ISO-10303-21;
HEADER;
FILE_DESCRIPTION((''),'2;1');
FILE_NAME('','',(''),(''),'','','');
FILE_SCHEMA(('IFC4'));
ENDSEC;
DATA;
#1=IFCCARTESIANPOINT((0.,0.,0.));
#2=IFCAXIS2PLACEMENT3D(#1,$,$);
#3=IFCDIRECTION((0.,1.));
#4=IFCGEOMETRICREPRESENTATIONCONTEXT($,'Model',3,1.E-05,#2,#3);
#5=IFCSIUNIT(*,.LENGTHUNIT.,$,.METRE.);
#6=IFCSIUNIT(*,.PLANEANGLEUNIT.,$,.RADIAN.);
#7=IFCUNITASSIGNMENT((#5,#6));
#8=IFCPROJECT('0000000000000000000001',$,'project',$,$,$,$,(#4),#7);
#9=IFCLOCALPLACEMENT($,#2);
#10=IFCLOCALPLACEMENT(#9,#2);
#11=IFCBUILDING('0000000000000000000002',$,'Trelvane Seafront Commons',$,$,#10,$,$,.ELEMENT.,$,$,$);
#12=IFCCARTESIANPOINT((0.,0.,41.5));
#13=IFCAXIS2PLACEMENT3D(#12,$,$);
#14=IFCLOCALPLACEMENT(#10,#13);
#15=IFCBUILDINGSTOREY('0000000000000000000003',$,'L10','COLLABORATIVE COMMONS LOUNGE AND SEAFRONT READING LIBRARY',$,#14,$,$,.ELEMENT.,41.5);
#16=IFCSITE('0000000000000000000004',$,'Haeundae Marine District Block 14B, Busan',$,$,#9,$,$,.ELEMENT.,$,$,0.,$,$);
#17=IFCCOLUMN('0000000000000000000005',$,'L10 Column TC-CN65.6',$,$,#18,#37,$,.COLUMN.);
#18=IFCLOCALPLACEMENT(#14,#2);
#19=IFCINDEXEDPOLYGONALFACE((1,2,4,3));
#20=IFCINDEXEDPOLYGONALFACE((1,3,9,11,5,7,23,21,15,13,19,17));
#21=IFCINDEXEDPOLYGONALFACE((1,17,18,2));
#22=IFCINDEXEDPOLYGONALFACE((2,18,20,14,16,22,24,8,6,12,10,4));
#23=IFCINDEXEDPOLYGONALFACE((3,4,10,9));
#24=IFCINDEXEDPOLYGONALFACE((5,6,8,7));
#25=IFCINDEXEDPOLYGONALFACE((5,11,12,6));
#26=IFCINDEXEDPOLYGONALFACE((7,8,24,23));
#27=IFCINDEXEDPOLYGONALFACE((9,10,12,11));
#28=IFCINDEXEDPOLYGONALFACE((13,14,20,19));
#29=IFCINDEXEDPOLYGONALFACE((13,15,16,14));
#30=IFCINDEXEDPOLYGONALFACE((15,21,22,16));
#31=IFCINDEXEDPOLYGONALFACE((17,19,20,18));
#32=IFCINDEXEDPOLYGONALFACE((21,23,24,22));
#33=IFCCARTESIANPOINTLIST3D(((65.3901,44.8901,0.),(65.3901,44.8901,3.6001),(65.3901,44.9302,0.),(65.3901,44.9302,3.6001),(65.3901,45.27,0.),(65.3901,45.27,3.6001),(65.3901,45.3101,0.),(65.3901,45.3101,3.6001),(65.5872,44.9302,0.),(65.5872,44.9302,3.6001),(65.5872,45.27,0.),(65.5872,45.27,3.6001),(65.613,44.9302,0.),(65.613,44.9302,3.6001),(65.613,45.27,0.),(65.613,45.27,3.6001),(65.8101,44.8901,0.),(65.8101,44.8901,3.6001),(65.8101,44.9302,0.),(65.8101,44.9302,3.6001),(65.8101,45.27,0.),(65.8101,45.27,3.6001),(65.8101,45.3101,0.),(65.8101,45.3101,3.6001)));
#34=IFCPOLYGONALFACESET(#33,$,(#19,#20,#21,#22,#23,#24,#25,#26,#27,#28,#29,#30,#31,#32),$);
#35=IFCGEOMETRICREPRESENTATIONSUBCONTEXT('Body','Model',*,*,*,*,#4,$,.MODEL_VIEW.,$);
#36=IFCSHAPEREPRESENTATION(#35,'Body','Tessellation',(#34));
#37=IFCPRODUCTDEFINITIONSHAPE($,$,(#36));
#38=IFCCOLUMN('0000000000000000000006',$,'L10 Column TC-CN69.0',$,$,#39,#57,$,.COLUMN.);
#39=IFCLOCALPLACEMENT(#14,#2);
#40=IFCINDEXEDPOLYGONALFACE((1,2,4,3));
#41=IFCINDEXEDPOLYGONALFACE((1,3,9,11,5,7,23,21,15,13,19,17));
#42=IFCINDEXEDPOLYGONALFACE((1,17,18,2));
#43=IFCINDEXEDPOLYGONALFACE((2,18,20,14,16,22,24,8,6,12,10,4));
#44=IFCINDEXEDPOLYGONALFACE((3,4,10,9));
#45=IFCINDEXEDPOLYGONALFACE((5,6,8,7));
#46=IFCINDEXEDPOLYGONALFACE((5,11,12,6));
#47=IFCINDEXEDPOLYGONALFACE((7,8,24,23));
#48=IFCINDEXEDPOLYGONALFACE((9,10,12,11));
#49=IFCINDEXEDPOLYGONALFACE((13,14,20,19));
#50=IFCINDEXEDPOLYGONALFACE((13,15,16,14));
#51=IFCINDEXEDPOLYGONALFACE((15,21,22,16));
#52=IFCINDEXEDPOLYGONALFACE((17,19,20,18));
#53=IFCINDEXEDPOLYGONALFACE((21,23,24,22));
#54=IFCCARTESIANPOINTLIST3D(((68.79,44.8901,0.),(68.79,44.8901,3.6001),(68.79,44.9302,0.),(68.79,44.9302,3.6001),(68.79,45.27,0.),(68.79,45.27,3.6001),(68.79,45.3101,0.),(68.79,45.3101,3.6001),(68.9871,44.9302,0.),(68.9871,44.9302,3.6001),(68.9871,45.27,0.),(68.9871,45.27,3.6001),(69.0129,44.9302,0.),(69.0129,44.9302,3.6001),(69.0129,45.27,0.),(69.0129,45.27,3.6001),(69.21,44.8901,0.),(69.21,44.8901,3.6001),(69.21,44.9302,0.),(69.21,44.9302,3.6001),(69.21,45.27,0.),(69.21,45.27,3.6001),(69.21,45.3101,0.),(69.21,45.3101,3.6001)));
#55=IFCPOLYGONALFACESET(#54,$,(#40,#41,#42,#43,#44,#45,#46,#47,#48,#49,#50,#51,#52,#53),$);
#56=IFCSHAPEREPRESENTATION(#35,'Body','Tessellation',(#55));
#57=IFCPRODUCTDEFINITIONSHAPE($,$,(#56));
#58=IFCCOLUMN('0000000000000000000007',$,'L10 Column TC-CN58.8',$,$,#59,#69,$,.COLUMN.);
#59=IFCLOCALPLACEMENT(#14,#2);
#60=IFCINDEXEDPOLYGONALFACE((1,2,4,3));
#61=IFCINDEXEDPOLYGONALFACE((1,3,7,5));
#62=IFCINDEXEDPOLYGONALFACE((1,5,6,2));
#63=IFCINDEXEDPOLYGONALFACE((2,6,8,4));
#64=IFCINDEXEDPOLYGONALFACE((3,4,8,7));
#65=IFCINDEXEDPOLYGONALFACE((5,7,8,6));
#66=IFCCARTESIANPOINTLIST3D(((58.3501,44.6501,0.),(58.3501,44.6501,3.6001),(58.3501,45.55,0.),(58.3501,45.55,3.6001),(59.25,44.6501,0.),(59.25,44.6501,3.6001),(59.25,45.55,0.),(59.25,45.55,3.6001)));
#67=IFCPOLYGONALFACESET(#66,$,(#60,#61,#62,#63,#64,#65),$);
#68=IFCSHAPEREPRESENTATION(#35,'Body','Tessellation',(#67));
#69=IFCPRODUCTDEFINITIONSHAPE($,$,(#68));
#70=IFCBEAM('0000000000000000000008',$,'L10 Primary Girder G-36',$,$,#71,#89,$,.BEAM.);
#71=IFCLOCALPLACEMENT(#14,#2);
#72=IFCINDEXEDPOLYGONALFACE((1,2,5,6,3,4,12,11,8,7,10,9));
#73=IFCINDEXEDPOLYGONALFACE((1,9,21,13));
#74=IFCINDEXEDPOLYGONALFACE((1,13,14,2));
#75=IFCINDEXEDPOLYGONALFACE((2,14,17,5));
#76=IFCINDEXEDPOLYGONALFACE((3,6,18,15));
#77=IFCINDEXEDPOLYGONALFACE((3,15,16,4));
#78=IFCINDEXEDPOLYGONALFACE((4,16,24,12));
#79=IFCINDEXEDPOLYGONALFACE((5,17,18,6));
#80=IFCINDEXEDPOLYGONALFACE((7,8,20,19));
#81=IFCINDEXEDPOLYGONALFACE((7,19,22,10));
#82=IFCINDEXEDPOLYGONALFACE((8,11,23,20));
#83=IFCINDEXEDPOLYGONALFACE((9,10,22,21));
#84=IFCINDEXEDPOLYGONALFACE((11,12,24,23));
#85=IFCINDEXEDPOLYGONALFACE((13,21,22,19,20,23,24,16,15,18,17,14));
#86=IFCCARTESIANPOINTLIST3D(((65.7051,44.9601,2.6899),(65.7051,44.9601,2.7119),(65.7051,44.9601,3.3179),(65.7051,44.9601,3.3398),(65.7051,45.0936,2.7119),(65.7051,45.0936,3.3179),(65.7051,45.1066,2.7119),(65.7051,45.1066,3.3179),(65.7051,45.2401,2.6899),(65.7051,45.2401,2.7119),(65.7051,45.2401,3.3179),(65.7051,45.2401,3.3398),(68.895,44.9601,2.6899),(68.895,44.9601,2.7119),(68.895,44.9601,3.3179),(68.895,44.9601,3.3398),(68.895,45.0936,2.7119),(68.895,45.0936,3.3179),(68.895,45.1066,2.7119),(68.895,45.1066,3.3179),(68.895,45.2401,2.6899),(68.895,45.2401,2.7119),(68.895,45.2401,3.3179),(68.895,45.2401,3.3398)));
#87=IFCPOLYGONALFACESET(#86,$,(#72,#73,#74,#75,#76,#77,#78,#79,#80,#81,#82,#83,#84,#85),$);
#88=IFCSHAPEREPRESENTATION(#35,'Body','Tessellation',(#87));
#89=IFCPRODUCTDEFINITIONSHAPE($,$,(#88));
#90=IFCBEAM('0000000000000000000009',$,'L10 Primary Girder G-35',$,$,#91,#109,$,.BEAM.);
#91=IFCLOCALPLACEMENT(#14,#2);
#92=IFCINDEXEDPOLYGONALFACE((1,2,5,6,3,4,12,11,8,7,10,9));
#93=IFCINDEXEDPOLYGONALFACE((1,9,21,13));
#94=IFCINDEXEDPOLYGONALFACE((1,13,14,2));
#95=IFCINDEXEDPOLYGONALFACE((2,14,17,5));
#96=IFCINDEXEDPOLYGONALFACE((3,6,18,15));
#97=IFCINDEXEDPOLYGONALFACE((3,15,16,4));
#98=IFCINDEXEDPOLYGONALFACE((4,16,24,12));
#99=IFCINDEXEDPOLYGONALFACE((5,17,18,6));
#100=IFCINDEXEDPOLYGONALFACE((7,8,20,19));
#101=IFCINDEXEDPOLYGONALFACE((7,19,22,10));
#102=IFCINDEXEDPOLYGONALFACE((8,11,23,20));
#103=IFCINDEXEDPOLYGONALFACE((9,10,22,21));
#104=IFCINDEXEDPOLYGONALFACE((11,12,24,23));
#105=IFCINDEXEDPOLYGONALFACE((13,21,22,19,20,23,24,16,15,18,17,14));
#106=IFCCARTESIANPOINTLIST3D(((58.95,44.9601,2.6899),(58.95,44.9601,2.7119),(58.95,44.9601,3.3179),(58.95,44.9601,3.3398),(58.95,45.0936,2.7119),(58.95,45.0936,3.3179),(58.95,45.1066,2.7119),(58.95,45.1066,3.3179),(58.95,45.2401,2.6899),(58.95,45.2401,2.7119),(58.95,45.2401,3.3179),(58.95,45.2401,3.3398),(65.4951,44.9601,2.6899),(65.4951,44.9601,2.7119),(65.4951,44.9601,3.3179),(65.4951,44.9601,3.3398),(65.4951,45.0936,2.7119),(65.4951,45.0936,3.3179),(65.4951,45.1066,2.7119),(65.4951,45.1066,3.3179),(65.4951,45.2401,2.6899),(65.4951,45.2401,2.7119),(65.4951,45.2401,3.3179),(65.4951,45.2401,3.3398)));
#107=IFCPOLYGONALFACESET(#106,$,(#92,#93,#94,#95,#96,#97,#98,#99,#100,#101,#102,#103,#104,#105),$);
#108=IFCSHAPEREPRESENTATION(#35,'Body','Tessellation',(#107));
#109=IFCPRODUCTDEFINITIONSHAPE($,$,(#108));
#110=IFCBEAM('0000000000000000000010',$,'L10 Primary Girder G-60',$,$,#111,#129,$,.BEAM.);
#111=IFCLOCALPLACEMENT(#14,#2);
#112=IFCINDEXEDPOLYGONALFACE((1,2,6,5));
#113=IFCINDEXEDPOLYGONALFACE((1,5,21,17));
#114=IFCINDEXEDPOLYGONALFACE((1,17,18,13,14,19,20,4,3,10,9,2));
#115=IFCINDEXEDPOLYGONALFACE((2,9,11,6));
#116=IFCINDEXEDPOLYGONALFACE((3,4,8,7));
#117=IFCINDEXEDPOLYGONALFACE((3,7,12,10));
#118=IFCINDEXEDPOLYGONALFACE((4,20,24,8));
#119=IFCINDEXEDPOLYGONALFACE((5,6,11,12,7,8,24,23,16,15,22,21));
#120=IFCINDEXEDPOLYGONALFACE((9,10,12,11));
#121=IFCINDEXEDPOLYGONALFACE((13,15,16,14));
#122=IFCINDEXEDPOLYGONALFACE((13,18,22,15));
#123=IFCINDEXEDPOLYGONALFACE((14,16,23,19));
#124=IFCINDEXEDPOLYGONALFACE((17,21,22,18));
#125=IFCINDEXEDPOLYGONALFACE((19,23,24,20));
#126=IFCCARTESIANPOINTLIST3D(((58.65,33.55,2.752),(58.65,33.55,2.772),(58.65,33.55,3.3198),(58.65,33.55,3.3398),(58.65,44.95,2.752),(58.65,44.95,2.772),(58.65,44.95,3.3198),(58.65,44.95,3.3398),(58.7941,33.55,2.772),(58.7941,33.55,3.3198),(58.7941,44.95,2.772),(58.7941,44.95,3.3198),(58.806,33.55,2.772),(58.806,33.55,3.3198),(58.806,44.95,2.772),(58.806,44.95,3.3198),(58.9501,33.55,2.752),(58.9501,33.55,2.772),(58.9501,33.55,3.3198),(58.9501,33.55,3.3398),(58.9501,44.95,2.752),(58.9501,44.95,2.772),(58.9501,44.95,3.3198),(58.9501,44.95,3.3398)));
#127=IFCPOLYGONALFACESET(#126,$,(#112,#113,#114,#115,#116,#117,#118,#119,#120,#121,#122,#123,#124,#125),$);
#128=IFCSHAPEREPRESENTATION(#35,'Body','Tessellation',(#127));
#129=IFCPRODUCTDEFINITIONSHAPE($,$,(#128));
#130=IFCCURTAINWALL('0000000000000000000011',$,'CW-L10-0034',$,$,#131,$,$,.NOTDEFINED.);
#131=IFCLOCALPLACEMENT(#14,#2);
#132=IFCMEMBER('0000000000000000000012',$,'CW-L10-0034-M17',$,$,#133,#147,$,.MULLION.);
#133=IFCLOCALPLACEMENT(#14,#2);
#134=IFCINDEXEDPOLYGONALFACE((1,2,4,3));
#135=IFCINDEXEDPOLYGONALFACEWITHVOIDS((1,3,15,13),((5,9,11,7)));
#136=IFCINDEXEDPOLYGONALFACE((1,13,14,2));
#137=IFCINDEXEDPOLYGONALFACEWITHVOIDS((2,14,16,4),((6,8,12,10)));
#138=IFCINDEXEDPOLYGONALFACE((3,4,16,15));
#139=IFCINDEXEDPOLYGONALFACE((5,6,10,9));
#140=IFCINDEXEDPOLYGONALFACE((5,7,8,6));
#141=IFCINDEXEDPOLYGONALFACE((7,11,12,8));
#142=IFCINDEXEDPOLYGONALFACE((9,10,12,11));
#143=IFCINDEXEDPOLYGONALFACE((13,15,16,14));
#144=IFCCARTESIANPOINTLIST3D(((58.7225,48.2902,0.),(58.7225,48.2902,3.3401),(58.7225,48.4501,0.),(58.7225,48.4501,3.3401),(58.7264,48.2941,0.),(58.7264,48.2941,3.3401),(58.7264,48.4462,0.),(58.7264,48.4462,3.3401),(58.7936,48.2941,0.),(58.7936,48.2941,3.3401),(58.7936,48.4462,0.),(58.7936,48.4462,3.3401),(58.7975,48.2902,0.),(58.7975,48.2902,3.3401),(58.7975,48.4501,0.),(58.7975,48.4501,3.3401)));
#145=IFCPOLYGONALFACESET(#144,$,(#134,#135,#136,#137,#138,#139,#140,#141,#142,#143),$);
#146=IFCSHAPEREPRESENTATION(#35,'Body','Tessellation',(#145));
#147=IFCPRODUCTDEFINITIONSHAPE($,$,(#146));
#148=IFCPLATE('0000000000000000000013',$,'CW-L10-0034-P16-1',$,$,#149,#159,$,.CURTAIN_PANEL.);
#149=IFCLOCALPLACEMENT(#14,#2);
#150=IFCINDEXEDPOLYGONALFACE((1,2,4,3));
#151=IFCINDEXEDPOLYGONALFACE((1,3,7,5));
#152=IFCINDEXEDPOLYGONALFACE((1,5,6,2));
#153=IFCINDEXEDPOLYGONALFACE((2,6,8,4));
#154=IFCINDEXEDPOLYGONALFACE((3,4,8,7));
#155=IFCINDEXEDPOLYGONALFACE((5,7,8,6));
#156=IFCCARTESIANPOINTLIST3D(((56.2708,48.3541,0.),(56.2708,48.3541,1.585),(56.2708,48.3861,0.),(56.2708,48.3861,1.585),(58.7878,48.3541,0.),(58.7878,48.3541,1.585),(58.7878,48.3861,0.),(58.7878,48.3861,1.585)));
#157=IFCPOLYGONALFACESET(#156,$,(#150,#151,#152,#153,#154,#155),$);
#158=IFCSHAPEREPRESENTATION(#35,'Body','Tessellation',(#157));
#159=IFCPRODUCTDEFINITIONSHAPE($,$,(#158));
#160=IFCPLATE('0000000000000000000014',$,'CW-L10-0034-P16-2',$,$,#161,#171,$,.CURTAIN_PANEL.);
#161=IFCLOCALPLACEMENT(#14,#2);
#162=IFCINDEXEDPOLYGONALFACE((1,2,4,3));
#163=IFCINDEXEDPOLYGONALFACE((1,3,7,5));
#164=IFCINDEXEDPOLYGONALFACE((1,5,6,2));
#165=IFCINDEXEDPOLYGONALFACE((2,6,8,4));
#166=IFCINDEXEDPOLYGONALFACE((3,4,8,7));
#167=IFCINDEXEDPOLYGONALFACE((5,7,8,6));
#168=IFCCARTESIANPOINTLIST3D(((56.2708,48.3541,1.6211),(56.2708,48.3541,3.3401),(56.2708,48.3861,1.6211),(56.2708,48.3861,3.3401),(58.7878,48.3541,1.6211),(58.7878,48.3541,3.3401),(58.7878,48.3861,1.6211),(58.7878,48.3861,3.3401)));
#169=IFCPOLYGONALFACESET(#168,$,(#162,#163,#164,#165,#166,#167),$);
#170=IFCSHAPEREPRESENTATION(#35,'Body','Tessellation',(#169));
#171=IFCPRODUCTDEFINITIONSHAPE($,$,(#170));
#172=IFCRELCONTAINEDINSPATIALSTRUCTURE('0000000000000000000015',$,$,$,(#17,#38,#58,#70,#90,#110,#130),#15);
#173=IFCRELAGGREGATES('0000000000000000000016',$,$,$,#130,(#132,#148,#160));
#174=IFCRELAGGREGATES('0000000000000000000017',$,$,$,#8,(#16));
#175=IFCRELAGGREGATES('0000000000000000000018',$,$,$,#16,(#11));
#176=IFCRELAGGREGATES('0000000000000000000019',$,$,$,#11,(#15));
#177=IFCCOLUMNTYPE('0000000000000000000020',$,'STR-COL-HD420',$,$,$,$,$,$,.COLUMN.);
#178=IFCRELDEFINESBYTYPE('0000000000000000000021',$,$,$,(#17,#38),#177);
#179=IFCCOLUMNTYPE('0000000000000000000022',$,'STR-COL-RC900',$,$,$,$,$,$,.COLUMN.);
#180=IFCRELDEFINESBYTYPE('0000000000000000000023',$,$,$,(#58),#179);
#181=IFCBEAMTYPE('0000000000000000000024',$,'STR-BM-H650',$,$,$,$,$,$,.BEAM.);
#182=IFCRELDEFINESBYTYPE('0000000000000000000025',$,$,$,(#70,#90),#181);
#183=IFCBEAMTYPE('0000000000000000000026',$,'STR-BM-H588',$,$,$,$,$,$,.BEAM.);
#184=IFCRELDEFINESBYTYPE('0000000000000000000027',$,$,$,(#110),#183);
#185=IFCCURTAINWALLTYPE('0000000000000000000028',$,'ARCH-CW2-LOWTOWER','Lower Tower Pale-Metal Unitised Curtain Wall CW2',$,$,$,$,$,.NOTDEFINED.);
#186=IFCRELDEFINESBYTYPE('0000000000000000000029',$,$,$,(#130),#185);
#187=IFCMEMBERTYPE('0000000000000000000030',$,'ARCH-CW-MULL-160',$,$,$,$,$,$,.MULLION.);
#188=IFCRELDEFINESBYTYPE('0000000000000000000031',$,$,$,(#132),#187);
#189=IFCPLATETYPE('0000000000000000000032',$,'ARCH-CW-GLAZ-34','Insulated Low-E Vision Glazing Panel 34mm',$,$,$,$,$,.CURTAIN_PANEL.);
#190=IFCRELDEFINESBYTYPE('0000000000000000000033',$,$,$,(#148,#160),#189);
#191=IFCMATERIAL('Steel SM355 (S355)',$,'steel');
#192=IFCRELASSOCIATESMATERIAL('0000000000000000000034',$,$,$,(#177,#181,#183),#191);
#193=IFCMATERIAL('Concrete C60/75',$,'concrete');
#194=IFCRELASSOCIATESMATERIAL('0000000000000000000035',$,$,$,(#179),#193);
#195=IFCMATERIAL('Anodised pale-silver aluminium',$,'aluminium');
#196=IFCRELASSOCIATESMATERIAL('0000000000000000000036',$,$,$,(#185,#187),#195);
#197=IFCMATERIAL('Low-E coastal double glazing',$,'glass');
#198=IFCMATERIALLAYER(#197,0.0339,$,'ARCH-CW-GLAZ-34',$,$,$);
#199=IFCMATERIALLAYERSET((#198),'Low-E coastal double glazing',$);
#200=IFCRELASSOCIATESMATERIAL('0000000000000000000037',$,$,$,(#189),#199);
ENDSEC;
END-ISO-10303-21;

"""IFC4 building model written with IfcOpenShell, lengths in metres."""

from ifc_helpers import new_model, si_unit, direction, frame, origin, origin_2d, place, context, subcontext, project, spatial, rectangle, hollow_rectangle, i_section, extrude, source, transform, mapped, material, layer, layer_set, material_profile, profile_set, type_object, element, aggregate, save


model = new_model("IFC4")

# Units and contexts
model_context = context("Model", 3, precision=1e-05, world=origin(), true_north=direction((0.0, 1.0)))
body_context = subcontext(model_context, "Body", "Model", "MODEL_VIEW")
ifc_project = project(units=[si_unit("LENGTHUNIT", "METRE"), si_unit("PLANEANGLEUNIT", "RADIAN")], contexts=[model_context])

# Site, building, storey
site_placement = place(None, origin())
site = spatial("IfcSite", under=ifc_project, at=site_placement, Name="Haeundae Marine District Block 14B, Busan", CompositionType="ELEMENT", RefElevation=0.0)
building_placement = place(site_placement, origin())
building = spatial("IfcBuilding", under=site, at=building_placement, Name="Trelvane Seafront Commons", CompositionType="ELEMENT")
storey_placement = place(building_placement, frame((0.0, 0.0, 41.5)))
storey = spatial("IfcBuildingStorey", under=building, at=storey_placement, Name="L10", Description="COLLABORATIVE COMMONS LOUNGE AND SEAFRONT READING LIBRARY", CompositionType="ELEMENT", Elevation=41.5)

# Columns
ifc_material_1 = material(Name="Steel SM355 (S355)", Category="steel")
ifc_material_profile_1 = material_profile(ifc_material_1, i_section(OverallWidth=0.4199, OverallDepth=0.4199, WebThickness=0.0259, FlangeThickness=0.04, at=origin_2d()), Name="HD-420x420x26x40")
ifc_profile_set_1 = profile_set([ifc_material_profile_1], Name="Steel SM355 (S355)")
column_type_1 = type_object("IfcColumnType", Name="STR-COL-HD420", PredefinedType="COLUMN", material=ifc_profile_set_1)
shared_shape_1 = source(origin(), body_context, "Body", "SweptSolid", [
    extrude(i_section(OverallWidth=0.4199, OverallDepth=0.4199, WebThickness=0.0259, FlangeThickness=0.04, at=origin_2d()), origin(), (0.0, 0.0, 1.0), 3.6001),
])
for number, where, z_axis, x_axis, name in (
    (1, (65.6001, 45.1001, 0.0), (0.0, 0.0, 1.0), (1.0, 0.0, 0.0), "L10 Column TC-CN65.6"),
    (2, (69.0, 45.1001, 0.0), (0.0, 0.0, 1.0), (1.0, 0.0, 0.0), "L10 Column TC-CN69.0"),
):
    element("IfcColumn", number, at=place(storey_placement, frame(where, z_axis=z_axis, x_axis=x_axis)), inside=storey, type_object=column_type_1, Name=name, PredefinedType="COLUMN", context=body_context, shape_type="MappedRepresentation", body=[
        mapped(shared_shape_1, transform((0.0, 0.0, 0.0), x_axis=(1.0, 0.0, 0.0), y_axis=(0.0, 1.0, 0.0), z_axis=(0.0, 0.0, 1.0), scale=1.0)),
    ])
ifc_material_2 = material(Name="Concrete C60/75", Category="concrete")
ifc_material_profile_2 = material_profile(ifc_material_2, rectangle(XDim=0.8999, YDim=0.8999, at=origin_2d()), Name="RC-900x900")
ifc_profile_set_2 = profile_set([ifc_material_profile_2], Name="Concrete C60/75")
column_type_2 = type_object("IfcColumnType", Name="STR-COL-RC900", PredefinedType="COLUMN", material=ifc_profile_set_2)
shared_shape_2 = source(origin(), body_context, "Body", "SweptSolid", [
    extrude(rectangle(XDim=0.8999, YDim=0.8999, at=origin_2d()), origin(), (0.0, 0.0, 1.0), 3.6001),
])
column_placement = place(storey_placement, frame((58.8, 45.1001, 0.0), z_axis=(0.0, 0.0, 1.0), x_axis=(1.0, 0.0, 0.0)))
element("IfcColumn", 3, at=column_placement, inside=storey, type_object=column_type_2, Name="L10 Column TC-CN58.8", PredefinedType="COLUMN", context=body_context, shape_type="MappedRepresentation", body=[
    mapped(shared_shape_2, transform((0.0, 0.0, 0.0), x_axis=(1.0, 0.0, 0.0), y_axis=(0.0, 1.0, 0.0), z_axis=(0.0, 0.0, 1.0), scale=1.0)),
])

# Beams
ifc_material_profile_3 = material_profile(ifc_material_1, i_section(OverallWidth=0.28, OverallDepth=0.6499, WebThickness=0.0129, FlangeThickness=0.022, at=origin_2d()), Name="H-650x280x13x22")
ifc_profile_set_3 = profile_set([ifc_material_profile_3], Name="Steel SM355 (S355)")
beam_type_1 = type_object("IfcBeamType", Name="STR-BM-H650", PredefinedType="BEAM", material=ifc_profile_set_3)
shared_shape_3 = source(origin(), body_context, "Body", "SweptSolid", [
    extrude(i_section(OverallWidth=0.28, OverallDepth=0.6499, WebThickness=0.0129, FlangeThickness=0.022, at=origin_2d()), origin(), (0.0, 0.0, 1.0), 3.1899),
])
beam_1_placement = place(storey_placement, frame((65.7051, 45.1001, 3.0149), z_axis=(1.0, 0.0, 0.0), x_axis=(0.0, 1.0, 0.0)))
element("IfcBeam", 4, at=beam_1_placement, inside=storey, type_object=beam_type_1, Name="L10 Primary Girder G-36", PredefinedType="BEAM", context=body_context, shape_type="MappedRepresentation", body=[
    mapped(shared_shape_3, transform((0.0, 0.0, 0.0), x_axis=(1.0, 0.0, 0.0), y_axis=(0.0, 1.0, 0.0), z_axis=(0.0, 0.0, 1.0), scale=1.0)),
])
shared_shape_4 = source(origin(), body_context, "Body", "SweptSolid", [
    extrude(i_section(OverallWidth=0.28, OverallDepth=0.6499, WebThickness=0.0129, FlangeThickness=0.022, at=origin_2d()), origin(), (0.0, 0.0, 1.0), 6.5452),
])
beam_2_placement = place(storey_placement, frame((58.95, 45.1001, 3.0149), z_axis=(1.0, 0.0, 0.0), x_axis=(0.0, 1.0, 0.0)))
element("IfcBeam", 5, at=beam_2_placement, inside=storey, type_object=beam_type_1, Name="L10 Primary Girder G-35", PredefinedType="BEAM", context=body_context, shape_type="MappedRepresentation", body=[
    mapped(shared_shape_4, transform((0.0, 0.0, 0.0), x_axis=(1.0, 0.0, 0.0), y_axis=(0.0, 1.0, 0.0), z_axis=(0.0, 0.0, 1.0), scale=1.0)),
])
ifc_material_profile_4 = material_profile(ifc_material_1, i_section(OverallWidth=0.3, OverallDepth=0.5879, WebThickness=0.012, FlangeThickness=0.02, at=origin_2d()), Name="H-588x300x12x20")
ifc_profile_set_4 = profile_set([ifc_material_profile_4], Name="Steel SM355 (S355)")
beam_type_2 = type_object("IfcBeamType", Name="STR-BM-H588", PredefinedType="BEAM", material=ifc_profile_set_4)
shared_shape_5 = source(origin(), body_context, "Body", "SweptSolid", [
    extrude(i_section(OverallWidth=0.3, OverallDepth=0.5879, WebThickness=0.012, FlangeThickness=0.02, at=origin_2d()), origin(), (0.0, 0.0, 1.0), 11.3999),
])
beam_3_placement = place(storey_placement, frame((58.8, 33.55, 3.0459), z_axis=(0.0, 1.0, 0.0), x_axis=(-1.0, 0.0, 0.0)))
element("IfcBeam", 6, at=beam_3_placement, inside=storey, type_object=beam_type_2, Name="L10 Primary Girder G-60", PredefinedType="BEAM", context=body_context, shape_type="MappedRepresentation", body=[
    mapped(shared_shape_5, transform((0.0, 0.0, 0.0), x_axis=(1.0, 0.0, 0.0), y_axis=(0.0, 1.0, 0.0), z_axis=(0.0, 0.0, 1.0), scale=1.0)),
])

# Curtain wall, member, plates
ifc_material_3 = material(Name="Anodised pale-silver aluminium", Category="aluminium")
curtain_wall_type = type_object("IfcCurtainWallType", Name="ARCH-CW2-LOWTOWER", Description="Lower Tower Pale-Metal Unitised Curtain Wall CW2", PredefinedType="NOTDEFINED", material=ifc_material_3)
curtain_wall_placement = place(storey_placement, origin())
curtain_wall = element("IfcCurtainWall", 7, at=curtain_wall_placement, inside=storey, type_object=curtain_wall_type, Name="CW-L10-0034", PredefinedType="NOTDEFINED")
ifc_material_profile_5 = material_profile(ifc_material_3, hollow_rectangle(XDim=0.075, YDim=0.1599, WallThickness=0.0039, at=origin_2d()), Name="MULL-75x160x4")
ifc_profile_set_5 = profile_set([ifc_material_profile_5], Name="Anodised pale-silver aluminium")
member_type = type_object("IfcMemberType", Name="ARCH-CW-MULL-160", PredefinedType="MULLION", material=ifc_profile_set_5)
shared_shape_6 = source(origin(), body_context, "Body", "SweptSolid", [
    extrude(hollow_rectangle(XDim=0.075, YDim=0.1599, WallThickness=0.0039, at=origin_2d()), origin(), (0.0, 0.0, 1.0), 3.3401),
])
member_placement = place(storey_placement, frame((58.76, 48.3701, 0.0), z_axis=(0.0, 0.0, 1.0), x_axis=(1.0, 0.0, 0.0)))
member = element("IfcMember", 8, at=member_placement, type_object=member_type, Name="CW-L10-0034-M17", PredefinedType="MULLION", context=body_context, shape_type="MappedRepresentation", body=[
    mapped(shared_shape_6, transform((0.0, 0.0, 0.0), x_axis=(1.0, 0.0, 0.0), y_axis=(0.0, 1.0, 0.0), z_axis=(0.0, 0.0, 1.0), scale=1.0)),
])
ifc_material_4 = material(Name="Low-E coastal double glazing", Category="glass")
ifc_layer_1 = layer(ifc_material_4, 0.0339, Name="ARCH-CW-GLAZ-34")
ifc_layer_set_1 = layer_set([ifc_layer_1], Name="Low-E coastal double glazing")
plate_type_1 = type_object("IfcPlateType", Name="ARCH-CW-GLAZ-34", Description="Insulated Low-E Vision Glazing Panel 34mm", PredefinedType="CURTAIN_PANEL", material=ifc_layer_set_1)
shared_shape_7 = source(origin(), body_context, "Body", "SweptSolid", [
    extrude(rectangle(XDim=2.5171, YDim=0.032, at=origin_2d()), origin(), (0.0, 0.0, 1.0), 1.585),
])
plate_1_placement = place(storey_placement, frame((57.5293, 48.3701, 0.0), z_axis=(0.0, 0.0, 1.0), x_axis=(1.0, 0.0, 0.0)))
plate_1 = element("IfcPlate", 9, at=plate_1_placement, type_object=plate_type_1, Name="CW-L10-0034-P16-1", PredefinedType="CURTAIN_PANEL", context=body_context, shape_type="MappedRepresentation", body=[
    mapped(shared_shape_7, transform((0.0, 0.0, 0.0), x_axis=(1.0, 0.0, 0.0), y_axis=(0.0, 1.0, 0.0), z_axis=(0.0, 0.0, 1.0), scale=1.0)),
])
shared_shape_8 = source(origin(), body_context, "Body", "SweptSolid", [
    extrude(rectangle(XDim=2.5171, YDim=0.032, at=origin_2d()), origin(), (0.0, 0.0, 1.0), 1.719),
])
plate_2_placement = place(storey_placement, frame((57.5293, 48.3701, 1.6211), z_axis=(0.0, 0.0, 1.0), x_axis=(1.0, 0.0, 0.0)))
plate_2 = element("IfcPlate", 10, at=plate_2_placement, type_object=plate_type_1, Name="CW-L10-0034-P16-2", PredefinedType="CURTAIN_PANEL", context=body_context, shape_type="MappedRepresentation", body=[
    mapped(shared_shape_8, transform((0.0, 0.0, 0.0), x_axis=(1.0, 0.0, 0.0), y_axis=(0.0, 1.0, 0.0), z_axis=(0.0, 0.0, 1.0), scale=1.0)),
])
aggregate(curtain_wall, [member, plate_1, plate_2])

save(model, "model.ifc")
